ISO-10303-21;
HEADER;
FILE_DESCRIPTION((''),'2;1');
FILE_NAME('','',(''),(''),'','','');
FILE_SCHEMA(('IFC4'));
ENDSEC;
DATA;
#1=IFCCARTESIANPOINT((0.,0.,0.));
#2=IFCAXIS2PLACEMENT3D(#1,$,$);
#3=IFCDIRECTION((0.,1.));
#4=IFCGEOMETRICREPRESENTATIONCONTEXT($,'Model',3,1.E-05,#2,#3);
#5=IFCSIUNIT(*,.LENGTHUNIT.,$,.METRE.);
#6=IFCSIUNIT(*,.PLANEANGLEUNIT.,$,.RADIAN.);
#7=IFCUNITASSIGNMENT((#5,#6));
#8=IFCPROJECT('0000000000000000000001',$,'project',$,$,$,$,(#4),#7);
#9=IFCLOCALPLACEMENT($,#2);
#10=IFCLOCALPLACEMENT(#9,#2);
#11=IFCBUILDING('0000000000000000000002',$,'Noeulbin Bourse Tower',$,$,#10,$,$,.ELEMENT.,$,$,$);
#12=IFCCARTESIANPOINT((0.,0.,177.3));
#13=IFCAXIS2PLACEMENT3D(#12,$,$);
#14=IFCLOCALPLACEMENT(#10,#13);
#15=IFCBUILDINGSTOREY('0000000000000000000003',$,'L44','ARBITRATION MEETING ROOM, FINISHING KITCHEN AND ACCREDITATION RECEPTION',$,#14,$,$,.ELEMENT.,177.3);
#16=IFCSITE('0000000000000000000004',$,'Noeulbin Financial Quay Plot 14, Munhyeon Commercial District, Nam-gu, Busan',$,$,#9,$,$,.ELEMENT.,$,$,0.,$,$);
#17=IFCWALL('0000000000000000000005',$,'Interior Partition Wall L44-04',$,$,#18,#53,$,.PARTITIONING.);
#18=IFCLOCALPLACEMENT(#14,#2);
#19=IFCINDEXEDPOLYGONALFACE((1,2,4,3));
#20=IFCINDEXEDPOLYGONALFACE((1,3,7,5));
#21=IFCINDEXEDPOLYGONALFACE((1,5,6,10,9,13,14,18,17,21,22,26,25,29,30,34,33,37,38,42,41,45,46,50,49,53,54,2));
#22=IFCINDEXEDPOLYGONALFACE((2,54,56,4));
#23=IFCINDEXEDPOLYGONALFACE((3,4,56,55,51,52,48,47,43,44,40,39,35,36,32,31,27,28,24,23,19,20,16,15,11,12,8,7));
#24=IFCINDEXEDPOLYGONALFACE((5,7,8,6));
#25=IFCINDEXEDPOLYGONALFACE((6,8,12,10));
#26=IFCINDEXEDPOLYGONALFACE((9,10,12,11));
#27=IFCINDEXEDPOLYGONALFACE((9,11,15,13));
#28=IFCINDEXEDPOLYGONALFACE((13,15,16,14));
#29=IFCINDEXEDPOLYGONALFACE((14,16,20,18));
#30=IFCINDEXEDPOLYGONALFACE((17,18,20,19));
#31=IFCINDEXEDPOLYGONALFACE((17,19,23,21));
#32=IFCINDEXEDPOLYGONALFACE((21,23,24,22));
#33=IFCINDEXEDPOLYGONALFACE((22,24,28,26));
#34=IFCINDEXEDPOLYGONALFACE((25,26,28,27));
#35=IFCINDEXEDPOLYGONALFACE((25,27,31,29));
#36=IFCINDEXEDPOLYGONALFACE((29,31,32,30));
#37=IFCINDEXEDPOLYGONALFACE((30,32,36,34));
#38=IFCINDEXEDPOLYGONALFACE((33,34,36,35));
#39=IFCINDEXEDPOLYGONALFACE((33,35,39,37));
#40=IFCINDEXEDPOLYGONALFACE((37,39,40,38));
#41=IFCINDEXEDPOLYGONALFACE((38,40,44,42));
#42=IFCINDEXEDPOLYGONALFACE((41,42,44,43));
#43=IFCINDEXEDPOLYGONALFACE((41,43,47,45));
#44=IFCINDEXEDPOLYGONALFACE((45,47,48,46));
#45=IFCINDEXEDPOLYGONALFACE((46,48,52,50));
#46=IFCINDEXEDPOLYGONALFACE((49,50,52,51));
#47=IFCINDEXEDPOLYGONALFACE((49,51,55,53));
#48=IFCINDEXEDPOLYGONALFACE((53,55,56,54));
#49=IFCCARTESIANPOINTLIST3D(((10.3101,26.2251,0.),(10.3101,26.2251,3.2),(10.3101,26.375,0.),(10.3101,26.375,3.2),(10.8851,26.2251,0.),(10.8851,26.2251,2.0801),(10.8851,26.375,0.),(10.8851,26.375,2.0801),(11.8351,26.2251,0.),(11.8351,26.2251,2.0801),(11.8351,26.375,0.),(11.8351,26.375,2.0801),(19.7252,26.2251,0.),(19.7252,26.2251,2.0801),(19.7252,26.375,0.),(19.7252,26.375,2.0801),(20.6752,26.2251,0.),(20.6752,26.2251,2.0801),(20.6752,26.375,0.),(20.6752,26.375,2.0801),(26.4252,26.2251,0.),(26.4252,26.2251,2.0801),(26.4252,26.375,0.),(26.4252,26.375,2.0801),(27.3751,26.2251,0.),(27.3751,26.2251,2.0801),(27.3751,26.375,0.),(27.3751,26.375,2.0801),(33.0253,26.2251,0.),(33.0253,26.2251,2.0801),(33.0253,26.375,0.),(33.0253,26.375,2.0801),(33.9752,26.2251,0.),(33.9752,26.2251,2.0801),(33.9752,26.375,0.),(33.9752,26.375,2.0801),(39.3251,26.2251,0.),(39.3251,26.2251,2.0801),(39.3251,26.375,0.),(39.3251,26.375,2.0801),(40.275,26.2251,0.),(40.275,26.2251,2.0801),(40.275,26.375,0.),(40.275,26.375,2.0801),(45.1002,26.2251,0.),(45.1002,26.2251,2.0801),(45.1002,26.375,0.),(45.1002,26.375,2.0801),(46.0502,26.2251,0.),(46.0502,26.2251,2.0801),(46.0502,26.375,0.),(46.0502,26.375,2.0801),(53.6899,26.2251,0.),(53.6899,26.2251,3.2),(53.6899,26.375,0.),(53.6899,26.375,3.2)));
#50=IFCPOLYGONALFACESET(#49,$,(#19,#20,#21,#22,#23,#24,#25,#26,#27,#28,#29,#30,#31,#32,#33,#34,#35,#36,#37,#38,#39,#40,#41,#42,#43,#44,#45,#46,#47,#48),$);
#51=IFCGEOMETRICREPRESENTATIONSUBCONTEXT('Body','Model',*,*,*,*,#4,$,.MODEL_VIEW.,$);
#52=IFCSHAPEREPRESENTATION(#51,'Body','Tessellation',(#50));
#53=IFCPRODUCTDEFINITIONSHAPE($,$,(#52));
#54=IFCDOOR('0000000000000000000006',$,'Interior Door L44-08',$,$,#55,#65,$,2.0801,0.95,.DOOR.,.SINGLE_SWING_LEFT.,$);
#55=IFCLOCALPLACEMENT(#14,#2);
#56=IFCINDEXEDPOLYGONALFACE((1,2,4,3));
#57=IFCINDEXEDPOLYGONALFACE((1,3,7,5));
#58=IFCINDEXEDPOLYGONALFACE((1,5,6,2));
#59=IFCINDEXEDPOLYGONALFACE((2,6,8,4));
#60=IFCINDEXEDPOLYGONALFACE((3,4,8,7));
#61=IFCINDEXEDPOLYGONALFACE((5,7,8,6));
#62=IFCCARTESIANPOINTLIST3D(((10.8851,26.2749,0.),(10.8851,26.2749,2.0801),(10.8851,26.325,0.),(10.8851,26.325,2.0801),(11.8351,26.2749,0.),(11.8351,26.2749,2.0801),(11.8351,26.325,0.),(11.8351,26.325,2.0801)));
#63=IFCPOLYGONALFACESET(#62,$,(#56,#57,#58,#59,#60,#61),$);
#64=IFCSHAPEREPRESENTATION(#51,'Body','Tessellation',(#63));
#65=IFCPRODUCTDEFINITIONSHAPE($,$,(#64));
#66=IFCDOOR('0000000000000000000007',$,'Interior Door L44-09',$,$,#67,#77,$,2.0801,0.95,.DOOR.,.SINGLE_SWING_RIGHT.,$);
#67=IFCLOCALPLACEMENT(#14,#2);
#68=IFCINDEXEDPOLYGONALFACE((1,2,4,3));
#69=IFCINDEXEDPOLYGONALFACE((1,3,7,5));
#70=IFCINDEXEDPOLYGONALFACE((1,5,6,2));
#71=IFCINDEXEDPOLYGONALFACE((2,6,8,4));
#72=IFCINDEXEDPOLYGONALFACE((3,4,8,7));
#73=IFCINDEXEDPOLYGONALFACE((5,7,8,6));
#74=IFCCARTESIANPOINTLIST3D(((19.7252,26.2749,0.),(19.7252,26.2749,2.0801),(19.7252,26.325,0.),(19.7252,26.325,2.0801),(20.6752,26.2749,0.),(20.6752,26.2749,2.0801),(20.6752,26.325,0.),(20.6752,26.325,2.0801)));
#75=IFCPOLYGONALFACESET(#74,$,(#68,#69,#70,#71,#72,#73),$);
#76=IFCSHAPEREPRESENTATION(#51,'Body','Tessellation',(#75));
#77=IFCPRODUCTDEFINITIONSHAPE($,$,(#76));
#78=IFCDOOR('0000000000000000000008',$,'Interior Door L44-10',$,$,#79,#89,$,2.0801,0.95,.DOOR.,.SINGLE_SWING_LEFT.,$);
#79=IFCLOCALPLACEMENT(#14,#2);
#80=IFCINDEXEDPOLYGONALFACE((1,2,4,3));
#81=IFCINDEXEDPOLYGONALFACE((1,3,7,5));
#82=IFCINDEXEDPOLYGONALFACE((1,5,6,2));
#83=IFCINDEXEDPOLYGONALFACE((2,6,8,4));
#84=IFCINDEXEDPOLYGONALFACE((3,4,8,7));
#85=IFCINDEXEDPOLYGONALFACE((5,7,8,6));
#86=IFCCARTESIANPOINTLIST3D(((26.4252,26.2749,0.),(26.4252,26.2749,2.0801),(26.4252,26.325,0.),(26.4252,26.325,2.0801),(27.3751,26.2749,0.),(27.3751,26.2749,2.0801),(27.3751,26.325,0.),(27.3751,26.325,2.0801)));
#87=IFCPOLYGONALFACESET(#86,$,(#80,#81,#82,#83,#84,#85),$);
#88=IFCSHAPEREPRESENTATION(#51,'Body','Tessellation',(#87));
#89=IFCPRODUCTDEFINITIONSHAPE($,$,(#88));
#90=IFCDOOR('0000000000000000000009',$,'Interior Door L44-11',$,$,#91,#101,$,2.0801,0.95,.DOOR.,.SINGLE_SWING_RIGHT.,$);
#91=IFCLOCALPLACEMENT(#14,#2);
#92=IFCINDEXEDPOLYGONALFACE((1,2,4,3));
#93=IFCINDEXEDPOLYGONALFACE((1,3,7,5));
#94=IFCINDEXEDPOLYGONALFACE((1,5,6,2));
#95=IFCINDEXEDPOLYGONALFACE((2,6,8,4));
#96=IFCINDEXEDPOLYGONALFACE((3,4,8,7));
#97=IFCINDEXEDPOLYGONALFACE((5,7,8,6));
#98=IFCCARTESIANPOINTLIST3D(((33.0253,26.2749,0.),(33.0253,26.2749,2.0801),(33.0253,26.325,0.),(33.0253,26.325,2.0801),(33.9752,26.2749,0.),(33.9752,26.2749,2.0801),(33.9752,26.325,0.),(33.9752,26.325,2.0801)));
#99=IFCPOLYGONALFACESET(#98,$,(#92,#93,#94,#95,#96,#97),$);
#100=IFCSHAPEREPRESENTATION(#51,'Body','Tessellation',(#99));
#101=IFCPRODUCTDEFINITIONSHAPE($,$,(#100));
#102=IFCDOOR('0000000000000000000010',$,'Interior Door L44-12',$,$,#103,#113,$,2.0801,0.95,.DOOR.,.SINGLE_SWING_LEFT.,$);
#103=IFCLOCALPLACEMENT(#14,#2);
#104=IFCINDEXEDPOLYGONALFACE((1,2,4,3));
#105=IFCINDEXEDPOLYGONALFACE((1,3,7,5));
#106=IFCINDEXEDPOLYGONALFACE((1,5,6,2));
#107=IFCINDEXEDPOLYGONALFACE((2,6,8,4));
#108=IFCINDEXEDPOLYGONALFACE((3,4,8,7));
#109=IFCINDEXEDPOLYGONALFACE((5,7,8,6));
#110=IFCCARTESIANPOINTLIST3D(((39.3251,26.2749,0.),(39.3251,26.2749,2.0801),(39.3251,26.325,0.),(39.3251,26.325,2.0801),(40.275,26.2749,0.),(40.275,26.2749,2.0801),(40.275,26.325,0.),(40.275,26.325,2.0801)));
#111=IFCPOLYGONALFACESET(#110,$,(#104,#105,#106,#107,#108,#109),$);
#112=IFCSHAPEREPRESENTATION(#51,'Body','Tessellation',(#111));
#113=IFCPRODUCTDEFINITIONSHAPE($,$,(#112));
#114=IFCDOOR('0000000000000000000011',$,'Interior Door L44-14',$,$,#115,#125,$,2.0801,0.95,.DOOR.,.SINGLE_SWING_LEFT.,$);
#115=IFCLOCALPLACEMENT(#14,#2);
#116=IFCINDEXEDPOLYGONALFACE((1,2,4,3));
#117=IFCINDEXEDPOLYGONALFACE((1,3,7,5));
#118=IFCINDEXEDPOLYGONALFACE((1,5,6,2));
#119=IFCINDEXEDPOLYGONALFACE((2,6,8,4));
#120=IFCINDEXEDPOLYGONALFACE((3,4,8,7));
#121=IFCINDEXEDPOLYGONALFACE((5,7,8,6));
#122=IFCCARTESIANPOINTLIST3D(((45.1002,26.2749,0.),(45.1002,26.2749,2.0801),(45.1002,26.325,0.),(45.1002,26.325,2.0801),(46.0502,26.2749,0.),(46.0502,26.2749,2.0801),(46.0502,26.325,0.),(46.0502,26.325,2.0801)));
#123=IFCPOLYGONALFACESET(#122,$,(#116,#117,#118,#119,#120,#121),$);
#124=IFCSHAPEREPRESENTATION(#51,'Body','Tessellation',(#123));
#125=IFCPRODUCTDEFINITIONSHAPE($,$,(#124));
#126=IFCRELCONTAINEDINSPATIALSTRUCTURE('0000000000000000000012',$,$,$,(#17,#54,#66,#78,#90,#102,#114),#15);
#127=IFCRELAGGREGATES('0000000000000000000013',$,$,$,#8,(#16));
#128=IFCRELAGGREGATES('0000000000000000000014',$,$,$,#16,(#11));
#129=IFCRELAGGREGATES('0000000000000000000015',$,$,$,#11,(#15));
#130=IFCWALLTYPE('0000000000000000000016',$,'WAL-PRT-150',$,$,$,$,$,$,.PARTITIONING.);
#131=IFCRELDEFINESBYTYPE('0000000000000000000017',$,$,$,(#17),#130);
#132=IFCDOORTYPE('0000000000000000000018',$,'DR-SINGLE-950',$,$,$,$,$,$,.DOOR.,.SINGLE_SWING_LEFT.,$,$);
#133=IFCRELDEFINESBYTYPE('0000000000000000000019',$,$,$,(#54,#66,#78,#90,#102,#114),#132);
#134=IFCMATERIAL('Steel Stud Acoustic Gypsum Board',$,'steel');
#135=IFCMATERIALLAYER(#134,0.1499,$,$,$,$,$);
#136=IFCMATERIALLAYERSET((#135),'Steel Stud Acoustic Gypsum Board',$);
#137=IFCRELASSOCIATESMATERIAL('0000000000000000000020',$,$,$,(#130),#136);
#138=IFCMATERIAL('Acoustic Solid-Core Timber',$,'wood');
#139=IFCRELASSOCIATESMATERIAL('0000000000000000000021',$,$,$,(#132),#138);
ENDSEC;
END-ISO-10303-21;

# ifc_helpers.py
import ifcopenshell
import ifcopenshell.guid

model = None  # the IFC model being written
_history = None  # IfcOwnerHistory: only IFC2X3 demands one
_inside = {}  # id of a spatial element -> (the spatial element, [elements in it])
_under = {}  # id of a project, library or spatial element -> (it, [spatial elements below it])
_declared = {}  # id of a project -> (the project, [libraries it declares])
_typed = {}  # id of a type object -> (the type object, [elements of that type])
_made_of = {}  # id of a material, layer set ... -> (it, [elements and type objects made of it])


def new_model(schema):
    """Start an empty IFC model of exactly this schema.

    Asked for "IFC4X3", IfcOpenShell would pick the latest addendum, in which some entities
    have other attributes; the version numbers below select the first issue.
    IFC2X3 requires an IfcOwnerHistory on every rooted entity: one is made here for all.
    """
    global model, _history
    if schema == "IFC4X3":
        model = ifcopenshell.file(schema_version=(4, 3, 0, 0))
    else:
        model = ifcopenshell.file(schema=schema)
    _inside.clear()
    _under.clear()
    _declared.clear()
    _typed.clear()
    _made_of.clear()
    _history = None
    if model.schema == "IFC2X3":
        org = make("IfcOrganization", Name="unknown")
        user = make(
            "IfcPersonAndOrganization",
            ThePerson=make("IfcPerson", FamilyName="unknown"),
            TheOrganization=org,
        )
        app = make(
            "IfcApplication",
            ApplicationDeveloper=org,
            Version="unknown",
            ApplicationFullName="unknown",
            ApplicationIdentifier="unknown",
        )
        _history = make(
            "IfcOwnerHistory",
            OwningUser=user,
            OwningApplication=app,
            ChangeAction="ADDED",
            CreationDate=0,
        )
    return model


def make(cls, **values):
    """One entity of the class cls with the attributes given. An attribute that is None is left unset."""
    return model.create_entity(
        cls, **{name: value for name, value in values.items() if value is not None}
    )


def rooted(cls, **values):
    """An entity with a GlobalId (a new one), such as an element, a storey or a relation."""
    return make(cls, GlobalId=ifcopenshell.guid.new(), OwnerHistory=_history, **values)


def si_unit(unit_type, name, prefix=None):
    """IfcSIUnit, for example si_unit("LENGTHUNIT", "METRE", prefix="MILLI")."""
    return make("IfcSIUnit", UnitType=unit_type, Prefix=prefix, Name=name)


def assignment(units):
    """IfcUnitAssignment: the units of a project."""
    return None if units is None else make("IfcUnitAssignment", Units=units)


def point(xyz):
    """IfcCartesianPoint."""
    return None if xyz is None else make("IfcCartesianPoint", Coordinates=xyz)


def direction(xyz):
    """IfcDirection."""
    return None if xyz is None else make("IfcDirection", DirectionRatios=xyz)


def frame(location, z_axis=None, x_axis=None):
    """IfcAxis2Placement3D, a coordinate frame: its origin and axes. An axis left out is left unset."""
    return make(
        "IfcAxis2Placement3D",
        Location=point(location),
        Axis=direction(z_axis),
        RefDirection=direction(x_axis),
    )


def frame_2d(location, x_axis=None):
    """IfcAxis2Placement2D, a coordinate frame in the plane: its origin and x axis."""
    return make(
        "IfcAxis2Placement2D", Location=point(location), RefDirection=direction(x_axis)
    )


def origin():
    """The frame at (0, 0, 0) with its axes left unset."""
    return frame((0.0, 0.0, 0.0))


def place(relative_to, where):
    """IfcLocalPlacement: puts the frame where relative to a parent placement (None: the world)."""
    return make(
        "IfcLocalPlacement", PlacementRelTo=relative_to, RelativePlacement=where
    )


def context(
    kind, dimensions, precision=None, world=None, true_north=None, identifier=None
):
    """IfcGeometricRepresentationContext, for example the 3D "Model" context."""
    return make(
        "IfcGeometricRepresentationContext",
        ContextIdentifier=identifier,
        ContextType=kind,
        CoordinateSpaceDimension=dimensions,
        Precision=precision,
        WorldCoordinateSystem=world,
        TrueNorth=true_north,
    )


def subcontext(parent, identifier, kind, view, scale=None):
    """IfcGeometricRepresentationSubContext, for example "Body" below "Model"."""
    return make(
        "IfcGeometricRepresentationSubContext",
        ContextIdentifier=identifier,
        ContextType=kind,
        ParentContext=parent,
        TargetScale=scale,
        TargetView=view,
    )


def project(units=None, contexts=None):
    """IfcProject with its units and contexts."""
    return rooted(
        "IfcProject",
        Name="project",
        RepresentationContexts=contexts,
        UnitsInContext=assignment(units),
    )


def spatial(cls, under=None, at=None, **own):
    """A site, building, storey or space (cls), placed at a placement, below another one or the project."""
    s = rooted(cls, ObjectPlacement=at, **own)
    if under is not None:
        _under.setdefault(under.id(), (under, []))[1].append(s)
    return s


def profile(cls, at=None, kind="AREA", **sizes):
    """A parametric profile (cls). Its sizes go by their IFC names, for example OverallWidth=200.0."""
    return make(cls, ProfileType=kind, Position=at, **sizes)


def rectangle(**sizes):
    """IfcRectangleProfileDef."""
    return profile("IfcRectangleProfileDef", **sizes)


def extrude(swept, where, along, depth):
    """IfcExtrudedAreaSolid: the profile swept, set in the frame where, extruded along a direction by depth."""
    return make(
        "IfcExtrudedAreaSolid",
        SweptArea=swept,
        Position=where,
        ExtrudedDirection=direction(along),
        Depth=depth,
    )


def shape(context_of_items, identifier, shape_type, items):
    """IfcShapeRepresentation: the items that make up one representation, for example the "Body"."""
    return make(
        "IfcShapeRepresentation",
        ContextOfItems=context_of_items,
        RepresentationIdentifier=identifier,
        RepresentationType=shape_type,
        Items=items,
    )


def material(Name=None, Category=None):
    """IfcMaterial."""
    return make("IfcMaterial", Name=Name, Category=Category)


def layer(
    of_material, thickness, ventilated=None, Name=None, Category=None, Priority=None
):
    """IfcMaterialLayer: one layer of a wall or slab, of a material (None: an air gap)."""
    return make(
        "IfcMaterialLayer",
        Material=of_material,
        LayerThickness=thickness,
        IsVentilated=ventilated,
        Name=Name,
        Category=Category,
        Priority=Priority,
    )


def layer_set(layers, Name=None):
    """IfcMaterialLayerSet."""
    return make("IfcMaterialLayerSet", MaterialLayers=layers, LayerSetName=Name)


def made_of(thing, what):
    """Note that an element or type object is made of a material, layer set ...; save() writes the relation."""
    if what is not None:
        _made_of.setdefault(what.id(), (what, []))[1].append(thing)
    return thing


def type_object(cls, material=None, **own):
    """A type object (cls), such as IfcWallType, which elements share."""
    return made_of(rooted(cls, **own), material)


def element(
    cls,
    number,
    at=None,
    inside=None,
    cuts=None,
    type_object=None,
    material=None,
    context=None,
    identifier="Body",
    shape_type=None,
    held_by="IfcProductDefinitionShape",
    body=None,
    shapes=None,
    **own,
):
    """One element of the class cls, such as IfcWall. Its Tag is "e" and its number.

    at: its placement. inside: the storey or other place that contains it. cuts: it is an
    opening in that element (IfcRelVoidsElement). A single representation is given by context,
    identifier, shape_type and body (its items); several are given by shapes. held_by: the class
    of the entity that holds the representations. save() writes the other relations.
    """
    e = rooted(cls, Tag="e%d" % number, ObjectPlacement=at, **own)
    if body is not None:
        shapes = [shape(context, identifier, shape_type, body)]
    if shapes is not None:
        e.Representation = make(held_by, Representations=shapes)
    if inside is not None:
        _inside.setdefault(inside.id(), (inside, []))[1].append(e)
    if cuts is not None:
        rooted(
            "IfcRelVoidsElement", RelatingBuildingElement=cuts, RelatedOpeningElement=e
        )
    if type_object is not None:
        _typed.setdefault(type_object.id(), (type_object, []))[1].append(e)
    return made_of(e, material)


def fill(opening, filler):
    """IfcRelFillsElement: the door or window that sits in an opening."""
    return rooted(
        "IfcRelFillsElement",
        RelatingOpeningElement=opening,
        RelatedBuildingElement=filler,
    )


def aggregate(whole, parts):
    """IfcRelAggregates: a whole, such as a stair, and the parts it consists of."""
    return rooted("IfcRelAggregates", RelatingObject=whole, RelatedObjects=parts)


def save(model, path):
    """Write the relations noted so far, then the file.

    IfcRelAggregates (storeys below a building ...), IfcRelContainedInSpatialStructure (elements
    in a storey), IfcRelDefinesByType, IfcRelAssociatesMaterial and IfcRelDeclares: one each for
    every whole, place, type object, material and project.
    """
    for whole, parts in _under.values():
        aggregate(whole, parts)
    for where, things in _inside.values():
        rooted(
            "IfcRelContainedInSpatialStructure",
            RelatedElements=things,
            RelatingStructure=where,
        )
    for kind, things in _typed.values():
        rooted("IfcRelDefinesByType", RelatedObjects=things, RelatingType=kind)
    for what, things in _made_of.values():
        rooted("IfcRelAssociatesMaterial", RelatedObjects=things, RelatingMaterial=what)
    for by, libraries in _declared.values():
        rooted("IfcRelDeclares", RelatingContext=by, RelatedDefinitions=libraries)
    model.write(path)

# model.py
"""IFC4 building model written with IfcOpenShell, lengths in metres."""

from ifc_helpers import new_model, si_unit, direction, frame, frame_2d, origin, place, context, subcontext, project, spatial, rectangle, extrude, material, layer, layer_set, type_object, element, fill, save


model = new_model("IFC4")

# Units and contexts
model_context = context("Model", 3, precision=1e-05, world=origin(), true_north=direction((0.0, 1.0)))
body_context = subcontext(model_context, "Body", "Model", "MODEL_VIEW")
ifc_project = project(units=[si_unit("LENGTHUNIT", "METRE"), si_unit("PLANEANGLEUNIT", "RADIAN")], contexts=[model_context])

# Site, building, storey
site_placement = place(None, origin())
site = spatial("IfcSite", under=ifc_project, at=site_placement, Name="Noeulbin Financial Quay Plot 14, Munhyeon Commercial District, Nam-gu, Busan", CompositionType="ELEMENT", RefElevation=0.0)
building_placement = place(site_placement, origin())
building = spatial("IfcBuilding", under=site, at=building_placement, Name="Noeulbin Bourse Tower", CompositionType="ELEMENT")
storey_placement = place(building_placement, frame((0.0, 0.0, 177.3)))
storey = spatial("IfcBuildingStorey", under=building, at=storey_placement, Name="L44", Description="ARBITRATION MEETING ROOM, FINISHING KITCHEN AND ACCREDITATION RECEPTION", CompositionType="ELEMENT", Elevation=177.3)

# Wall, openings, doors
ifc_material_1 = material(Name="Steel Stud Acoustic Gypsum Board", Category="steel")
ifc_layer_1 = layer(ifc_material_1, 0.1499)
ifc_layer_set_1 = layer_set([ifc_layer_1], Name="Steel Stud Acoustic Gypsum Board")
wall_type = type_object("IfcWallType", Name="WAL-PRT-150", PredefinedType="PARTITIONING", material=ifc_layer_set_1)
wall_placement = place(storey_placement, frame((10.3101, 26.3, 0.0), z_axis=(0.0, 0.0, 1.0), x_axis=(1.0, 0.0, 0.0)))
wall = element("IfcWall", 1, at=wall_placement, inside=storey, type_object=wall_type, Name="Interior Partition Wall L44-04", PredefinedType="PARTITIONING", context=body_context, shape_type="SweptSolid", body=[
    extrude(rectangle(XDim=43.3799, YDim=0.1499, at=frame_2d((21.6899, 0.0))), origin(), (0.0, 0.0, 1.0), 3.2),
])
opening_1_placement = place(wall_placement, frame((0.575, 0.0, 0.0)))
opening_1 = element("IfcOpeningElement", 2, at=opening_1_placement, cuts=wall, PredefinedType="OPENING", context=body_context, shape_type="SweptSolid", body=[
    extrude(rectangle(XDim=0.95, YDim=2.0801, at=frame_2d((0.4751, 1.04))), frame((0.0, 0.085, 0.0), z_axis=(0.0, -1.0, 0.0), x_axis=(1.0, 0.0, 0.0)), (0.0, 0.0, 1.0), 0.1699),
])
opening_2_placement = place(wall_placement, frame((9.415, 0.0, 0.0)))
opening_2 = element("IfcOpeningElement", 3, at=opening_2_placement, cuts=wall, PredefinedType="OPENING", context=body_context, shape_type="SweptSolid", body=[
    extrude(rectangle(XDim=0.95, YDim=2.0801, at=frame_2d((0.4751, 1.04))), frame((0.0, 0.085, 0.0), z_axis=(0.0, -1.0, 0.0), x_axis=(1.0, 0.0, 0.0)), (0.0, 0.0, 1.0), 0.1699),
])
opening_3_placement = place(wall_placement, frame((16.115, 0.0, 0.0)))
opening_3 = element("IfcOpeningElement", 4, at=opening_3_placement, cuts=wall, PredefinedType="OPENING", context=body_context, shape_type="SweptSolid", body=[
    extrude(rectangle(XDim=0.95, YDim=2.0801, at=frame_2d((0.4751, 1.04))), frame((0.0, 0.085, 0.0), z_axis=(0.0, -1.0, 0.0), x_axis=(1.0, 0.0, 0.0)), (0.0, 0.0, 1.0), 0.1699),
])
opening_4_placement = place(wall_placement, frame((22.7151, 0.0, 0.0)))
opening_4 = element("IfcOpeningElement", 5, at=opening_4_placement, cuts=wall, PredefinedType="OPENING", context=body_context, shape_type="SweptSolid", body=[
    extrude(rectangle(XDim=0.95, YDim=2.0801, at=frame_2d((0.4751, 1.04))), frame((0.0, 0.085, 0.0), z_axis=(0.0, -1.0, 0.0), x_axis=(1.0, 0.0, 0.0)), (0.0, 0.0, 1.0), 0.1699),
])
opening_5_placement = place(wall_placement, frame((29.0149, 0.0, 0.0)))
opening_5 = element("IfcOpeningElement", 6, at=opening_5_placement, cuts=wall, PredefinedType="OPENING", context=body_context, shape_type="SweptSolid", body=[
    extrude(rectangle(XDim=0.95, YDim=2.0801, at=frame_2d((0.4751, 1.04))), frame((0.0, 0.085, 0.0), z_axis=(0.0, -1.0, 0.0), x_axis=(1.0, 0.0, 0.0)), (0.0, 0.0, 1.0), 0.1699),
])
opening_6_placement = place(wall_placement, frame((34.79, 0.0, 0.0)))
opening_6 = element("IfcOpeningElement", 7, at=opening_6_placement, cuts=wall, PredefinedType="OPENING", context=body_context, shape_type="SweptSolid", body=[
    extrude(rectangle(XDim=0.95, YDim=2.0801, at=frame_2d((0.4751, 1.04))), frame((0.0, 0.085, 0.0), z_axis=(0.0, -1.0, 0.0), x_axis=(1.0, 0.0, 0.0)), (0.0, 0.0, 1.0), 0.1699),
])
ifc_material_2 = material(Name="Acoustic Solid-Core Timber", Category="wood")
door_type = type_object("IfcDoorType", Name="DR-SINGLE-950", OperationType="SINGLE_SWING_LEFT", PredefinedType="DOOR", material=ifc_material_2)
door_1_placement = place(opening_1_placement, origin())
door_1 = element("IfcDoor", 8, at=door_1_placement, inside=storey, type_object=door_type, Name="Interior Door L44-08", OperationType="SINGLE_SWING_LEFT", OverallHeight=2.0801, OverallWidth=0.95, PredefinedType="DOOR", context=body_context, shape_type="SweptSolid", body=[
    extrude(rectangle(XDim=0.95, YDim=2.0801, at=frame_2d((0.4751, 1.04))), frame((0.0, 0.0249, 0.0), z_axis=(0.0, -1.0, 0.0), x_axis=(1.0, 0.0, 0.0)), (0.0, 0.0, 1.0), 0.05),
])
fill(opening_1, door_1)
door_2_placement = place(opening_2_placement, origin())
door_2 = element("IfcDoor", 9, at=door_2_placement, inside=storey, type_object=door_type, Name="Interior Door L44-09", OperationType="SINGLE_SWING_RIGHT", OverallHeight=2.0801, OverallWidth=0.95, PredefinedType="DOOR", context=body_context, shape_type="SweptSolid", body=[
    extrude(rectangle(XDim=0.95, YDim=2.0801, at=frame_2d((0.4751, 1.04))), frame((0.0, 0.0249, 0.0), z_axis=(0.0, -1.0, 0.0), x_axis=(1.0, 0.0, 0.0)), (0.0, 0.0, 1.0), 0.05),
])
fill(opening_2, door_2)
door_3_placement = place(opening_3_placement, origin())
door_3 = element("IfcDoor", 10, at=door_3_placement, inside=storey, type_object=door_type, Name="Interior Door L44-10", OperationType="SINGLE_SWING_LEFT", OverallHeight=2.0801, OverallWidth=0.95, PredefinedType="DOOR", context=body_context, shape_type="SweptSolid", body=[
    extrude(rectangle(XDim=0.95, YDim=2.0801, at=frame_2d((0.4751, 1.04))), frame((0.0, 0.0249, 0.0), z_axis=(0.0, -1.0, 0.0), x_axis=(1.0, 0.0, 0.0)), (0.0, 0.0, 1.0), 0.05),
])
fill(opening_3, door_3)
door_4_placement = place(opening_4_placement, origin())
door_4 = element("IfcDoor", 11, at=door_4_placement, inside=storey, type_object=door_type, Name="Interior Door L44-11", OperationType="SINGLE_SWING_RIGHT", OverallHeight=2.0801, OverallWidth=0.95, PredefinedType="DOOR", context=body_context, shape_type="SweptSolid", body=[
    extrude(rectangle(XDim=0.95, YDim=2.0801, at=frame_2d((0.4751, 1.04))), frame((0.0, 0.0249, 0.0), z_axis=(0.0, -1.0, 0.0), x_axis=(1.0, 0.0, 0.0)), (0.0, 0.0, 1.0), 0.05),
])
fill(opening_4, door_4)
door_5_placement = place(opening_5_placement, origin())
door_5 = element("IfcDoor", 12, at=door_5_placement, inside=storey, type_object=door_type, Name="Interior Door L44-12", OperationType="SINGLE_SWING_LEFT", OverallHeight=2.0801, OverallWidth=0.95, PredefinedType="DOOR", context=body_context, shape_type="SweptSolid", body=[
    extrude(rectangle(XDim=0.95, YDim=2.0801, at=frame_2d((0.4751, 1.04))), frame((0.0, 0.0249, 0.0), z_axis=(0.0, -1.0, 0.0), x_axis=(1.0, 0.0, 0.0)), (0.0, 0.0, 1.0), 0.05),
])
fill(opening_5, door_5)
door_6_placement = place(opening_6_placement, origin())
door_6 = element("IfcDoor", 13, at=door_6_placement, inside=storey, type_object=door_type, Name="Interior Door L44-14", OperationType="SINGLE_SWING_LEFT", OverallHeight=2.0801, OverallWidth=0.95, PredefinedType="DOOR", context=body_context, shape_type="SweptSolid", body=[
    extrude(rectangle(XDim=0.95, YDim=2.0801, at=frame_2d((0.4751, 1.04))), frame((0.0, 0.0249, 0.0), z_axis=(0.0, -1.0, 0.0), x_axis=(1.0, 0.0, 0.0)), (0.0, 0.0, 1.0), 0.05),
])
fill(opening_6, door_6)

save(model, "model.ifc")
